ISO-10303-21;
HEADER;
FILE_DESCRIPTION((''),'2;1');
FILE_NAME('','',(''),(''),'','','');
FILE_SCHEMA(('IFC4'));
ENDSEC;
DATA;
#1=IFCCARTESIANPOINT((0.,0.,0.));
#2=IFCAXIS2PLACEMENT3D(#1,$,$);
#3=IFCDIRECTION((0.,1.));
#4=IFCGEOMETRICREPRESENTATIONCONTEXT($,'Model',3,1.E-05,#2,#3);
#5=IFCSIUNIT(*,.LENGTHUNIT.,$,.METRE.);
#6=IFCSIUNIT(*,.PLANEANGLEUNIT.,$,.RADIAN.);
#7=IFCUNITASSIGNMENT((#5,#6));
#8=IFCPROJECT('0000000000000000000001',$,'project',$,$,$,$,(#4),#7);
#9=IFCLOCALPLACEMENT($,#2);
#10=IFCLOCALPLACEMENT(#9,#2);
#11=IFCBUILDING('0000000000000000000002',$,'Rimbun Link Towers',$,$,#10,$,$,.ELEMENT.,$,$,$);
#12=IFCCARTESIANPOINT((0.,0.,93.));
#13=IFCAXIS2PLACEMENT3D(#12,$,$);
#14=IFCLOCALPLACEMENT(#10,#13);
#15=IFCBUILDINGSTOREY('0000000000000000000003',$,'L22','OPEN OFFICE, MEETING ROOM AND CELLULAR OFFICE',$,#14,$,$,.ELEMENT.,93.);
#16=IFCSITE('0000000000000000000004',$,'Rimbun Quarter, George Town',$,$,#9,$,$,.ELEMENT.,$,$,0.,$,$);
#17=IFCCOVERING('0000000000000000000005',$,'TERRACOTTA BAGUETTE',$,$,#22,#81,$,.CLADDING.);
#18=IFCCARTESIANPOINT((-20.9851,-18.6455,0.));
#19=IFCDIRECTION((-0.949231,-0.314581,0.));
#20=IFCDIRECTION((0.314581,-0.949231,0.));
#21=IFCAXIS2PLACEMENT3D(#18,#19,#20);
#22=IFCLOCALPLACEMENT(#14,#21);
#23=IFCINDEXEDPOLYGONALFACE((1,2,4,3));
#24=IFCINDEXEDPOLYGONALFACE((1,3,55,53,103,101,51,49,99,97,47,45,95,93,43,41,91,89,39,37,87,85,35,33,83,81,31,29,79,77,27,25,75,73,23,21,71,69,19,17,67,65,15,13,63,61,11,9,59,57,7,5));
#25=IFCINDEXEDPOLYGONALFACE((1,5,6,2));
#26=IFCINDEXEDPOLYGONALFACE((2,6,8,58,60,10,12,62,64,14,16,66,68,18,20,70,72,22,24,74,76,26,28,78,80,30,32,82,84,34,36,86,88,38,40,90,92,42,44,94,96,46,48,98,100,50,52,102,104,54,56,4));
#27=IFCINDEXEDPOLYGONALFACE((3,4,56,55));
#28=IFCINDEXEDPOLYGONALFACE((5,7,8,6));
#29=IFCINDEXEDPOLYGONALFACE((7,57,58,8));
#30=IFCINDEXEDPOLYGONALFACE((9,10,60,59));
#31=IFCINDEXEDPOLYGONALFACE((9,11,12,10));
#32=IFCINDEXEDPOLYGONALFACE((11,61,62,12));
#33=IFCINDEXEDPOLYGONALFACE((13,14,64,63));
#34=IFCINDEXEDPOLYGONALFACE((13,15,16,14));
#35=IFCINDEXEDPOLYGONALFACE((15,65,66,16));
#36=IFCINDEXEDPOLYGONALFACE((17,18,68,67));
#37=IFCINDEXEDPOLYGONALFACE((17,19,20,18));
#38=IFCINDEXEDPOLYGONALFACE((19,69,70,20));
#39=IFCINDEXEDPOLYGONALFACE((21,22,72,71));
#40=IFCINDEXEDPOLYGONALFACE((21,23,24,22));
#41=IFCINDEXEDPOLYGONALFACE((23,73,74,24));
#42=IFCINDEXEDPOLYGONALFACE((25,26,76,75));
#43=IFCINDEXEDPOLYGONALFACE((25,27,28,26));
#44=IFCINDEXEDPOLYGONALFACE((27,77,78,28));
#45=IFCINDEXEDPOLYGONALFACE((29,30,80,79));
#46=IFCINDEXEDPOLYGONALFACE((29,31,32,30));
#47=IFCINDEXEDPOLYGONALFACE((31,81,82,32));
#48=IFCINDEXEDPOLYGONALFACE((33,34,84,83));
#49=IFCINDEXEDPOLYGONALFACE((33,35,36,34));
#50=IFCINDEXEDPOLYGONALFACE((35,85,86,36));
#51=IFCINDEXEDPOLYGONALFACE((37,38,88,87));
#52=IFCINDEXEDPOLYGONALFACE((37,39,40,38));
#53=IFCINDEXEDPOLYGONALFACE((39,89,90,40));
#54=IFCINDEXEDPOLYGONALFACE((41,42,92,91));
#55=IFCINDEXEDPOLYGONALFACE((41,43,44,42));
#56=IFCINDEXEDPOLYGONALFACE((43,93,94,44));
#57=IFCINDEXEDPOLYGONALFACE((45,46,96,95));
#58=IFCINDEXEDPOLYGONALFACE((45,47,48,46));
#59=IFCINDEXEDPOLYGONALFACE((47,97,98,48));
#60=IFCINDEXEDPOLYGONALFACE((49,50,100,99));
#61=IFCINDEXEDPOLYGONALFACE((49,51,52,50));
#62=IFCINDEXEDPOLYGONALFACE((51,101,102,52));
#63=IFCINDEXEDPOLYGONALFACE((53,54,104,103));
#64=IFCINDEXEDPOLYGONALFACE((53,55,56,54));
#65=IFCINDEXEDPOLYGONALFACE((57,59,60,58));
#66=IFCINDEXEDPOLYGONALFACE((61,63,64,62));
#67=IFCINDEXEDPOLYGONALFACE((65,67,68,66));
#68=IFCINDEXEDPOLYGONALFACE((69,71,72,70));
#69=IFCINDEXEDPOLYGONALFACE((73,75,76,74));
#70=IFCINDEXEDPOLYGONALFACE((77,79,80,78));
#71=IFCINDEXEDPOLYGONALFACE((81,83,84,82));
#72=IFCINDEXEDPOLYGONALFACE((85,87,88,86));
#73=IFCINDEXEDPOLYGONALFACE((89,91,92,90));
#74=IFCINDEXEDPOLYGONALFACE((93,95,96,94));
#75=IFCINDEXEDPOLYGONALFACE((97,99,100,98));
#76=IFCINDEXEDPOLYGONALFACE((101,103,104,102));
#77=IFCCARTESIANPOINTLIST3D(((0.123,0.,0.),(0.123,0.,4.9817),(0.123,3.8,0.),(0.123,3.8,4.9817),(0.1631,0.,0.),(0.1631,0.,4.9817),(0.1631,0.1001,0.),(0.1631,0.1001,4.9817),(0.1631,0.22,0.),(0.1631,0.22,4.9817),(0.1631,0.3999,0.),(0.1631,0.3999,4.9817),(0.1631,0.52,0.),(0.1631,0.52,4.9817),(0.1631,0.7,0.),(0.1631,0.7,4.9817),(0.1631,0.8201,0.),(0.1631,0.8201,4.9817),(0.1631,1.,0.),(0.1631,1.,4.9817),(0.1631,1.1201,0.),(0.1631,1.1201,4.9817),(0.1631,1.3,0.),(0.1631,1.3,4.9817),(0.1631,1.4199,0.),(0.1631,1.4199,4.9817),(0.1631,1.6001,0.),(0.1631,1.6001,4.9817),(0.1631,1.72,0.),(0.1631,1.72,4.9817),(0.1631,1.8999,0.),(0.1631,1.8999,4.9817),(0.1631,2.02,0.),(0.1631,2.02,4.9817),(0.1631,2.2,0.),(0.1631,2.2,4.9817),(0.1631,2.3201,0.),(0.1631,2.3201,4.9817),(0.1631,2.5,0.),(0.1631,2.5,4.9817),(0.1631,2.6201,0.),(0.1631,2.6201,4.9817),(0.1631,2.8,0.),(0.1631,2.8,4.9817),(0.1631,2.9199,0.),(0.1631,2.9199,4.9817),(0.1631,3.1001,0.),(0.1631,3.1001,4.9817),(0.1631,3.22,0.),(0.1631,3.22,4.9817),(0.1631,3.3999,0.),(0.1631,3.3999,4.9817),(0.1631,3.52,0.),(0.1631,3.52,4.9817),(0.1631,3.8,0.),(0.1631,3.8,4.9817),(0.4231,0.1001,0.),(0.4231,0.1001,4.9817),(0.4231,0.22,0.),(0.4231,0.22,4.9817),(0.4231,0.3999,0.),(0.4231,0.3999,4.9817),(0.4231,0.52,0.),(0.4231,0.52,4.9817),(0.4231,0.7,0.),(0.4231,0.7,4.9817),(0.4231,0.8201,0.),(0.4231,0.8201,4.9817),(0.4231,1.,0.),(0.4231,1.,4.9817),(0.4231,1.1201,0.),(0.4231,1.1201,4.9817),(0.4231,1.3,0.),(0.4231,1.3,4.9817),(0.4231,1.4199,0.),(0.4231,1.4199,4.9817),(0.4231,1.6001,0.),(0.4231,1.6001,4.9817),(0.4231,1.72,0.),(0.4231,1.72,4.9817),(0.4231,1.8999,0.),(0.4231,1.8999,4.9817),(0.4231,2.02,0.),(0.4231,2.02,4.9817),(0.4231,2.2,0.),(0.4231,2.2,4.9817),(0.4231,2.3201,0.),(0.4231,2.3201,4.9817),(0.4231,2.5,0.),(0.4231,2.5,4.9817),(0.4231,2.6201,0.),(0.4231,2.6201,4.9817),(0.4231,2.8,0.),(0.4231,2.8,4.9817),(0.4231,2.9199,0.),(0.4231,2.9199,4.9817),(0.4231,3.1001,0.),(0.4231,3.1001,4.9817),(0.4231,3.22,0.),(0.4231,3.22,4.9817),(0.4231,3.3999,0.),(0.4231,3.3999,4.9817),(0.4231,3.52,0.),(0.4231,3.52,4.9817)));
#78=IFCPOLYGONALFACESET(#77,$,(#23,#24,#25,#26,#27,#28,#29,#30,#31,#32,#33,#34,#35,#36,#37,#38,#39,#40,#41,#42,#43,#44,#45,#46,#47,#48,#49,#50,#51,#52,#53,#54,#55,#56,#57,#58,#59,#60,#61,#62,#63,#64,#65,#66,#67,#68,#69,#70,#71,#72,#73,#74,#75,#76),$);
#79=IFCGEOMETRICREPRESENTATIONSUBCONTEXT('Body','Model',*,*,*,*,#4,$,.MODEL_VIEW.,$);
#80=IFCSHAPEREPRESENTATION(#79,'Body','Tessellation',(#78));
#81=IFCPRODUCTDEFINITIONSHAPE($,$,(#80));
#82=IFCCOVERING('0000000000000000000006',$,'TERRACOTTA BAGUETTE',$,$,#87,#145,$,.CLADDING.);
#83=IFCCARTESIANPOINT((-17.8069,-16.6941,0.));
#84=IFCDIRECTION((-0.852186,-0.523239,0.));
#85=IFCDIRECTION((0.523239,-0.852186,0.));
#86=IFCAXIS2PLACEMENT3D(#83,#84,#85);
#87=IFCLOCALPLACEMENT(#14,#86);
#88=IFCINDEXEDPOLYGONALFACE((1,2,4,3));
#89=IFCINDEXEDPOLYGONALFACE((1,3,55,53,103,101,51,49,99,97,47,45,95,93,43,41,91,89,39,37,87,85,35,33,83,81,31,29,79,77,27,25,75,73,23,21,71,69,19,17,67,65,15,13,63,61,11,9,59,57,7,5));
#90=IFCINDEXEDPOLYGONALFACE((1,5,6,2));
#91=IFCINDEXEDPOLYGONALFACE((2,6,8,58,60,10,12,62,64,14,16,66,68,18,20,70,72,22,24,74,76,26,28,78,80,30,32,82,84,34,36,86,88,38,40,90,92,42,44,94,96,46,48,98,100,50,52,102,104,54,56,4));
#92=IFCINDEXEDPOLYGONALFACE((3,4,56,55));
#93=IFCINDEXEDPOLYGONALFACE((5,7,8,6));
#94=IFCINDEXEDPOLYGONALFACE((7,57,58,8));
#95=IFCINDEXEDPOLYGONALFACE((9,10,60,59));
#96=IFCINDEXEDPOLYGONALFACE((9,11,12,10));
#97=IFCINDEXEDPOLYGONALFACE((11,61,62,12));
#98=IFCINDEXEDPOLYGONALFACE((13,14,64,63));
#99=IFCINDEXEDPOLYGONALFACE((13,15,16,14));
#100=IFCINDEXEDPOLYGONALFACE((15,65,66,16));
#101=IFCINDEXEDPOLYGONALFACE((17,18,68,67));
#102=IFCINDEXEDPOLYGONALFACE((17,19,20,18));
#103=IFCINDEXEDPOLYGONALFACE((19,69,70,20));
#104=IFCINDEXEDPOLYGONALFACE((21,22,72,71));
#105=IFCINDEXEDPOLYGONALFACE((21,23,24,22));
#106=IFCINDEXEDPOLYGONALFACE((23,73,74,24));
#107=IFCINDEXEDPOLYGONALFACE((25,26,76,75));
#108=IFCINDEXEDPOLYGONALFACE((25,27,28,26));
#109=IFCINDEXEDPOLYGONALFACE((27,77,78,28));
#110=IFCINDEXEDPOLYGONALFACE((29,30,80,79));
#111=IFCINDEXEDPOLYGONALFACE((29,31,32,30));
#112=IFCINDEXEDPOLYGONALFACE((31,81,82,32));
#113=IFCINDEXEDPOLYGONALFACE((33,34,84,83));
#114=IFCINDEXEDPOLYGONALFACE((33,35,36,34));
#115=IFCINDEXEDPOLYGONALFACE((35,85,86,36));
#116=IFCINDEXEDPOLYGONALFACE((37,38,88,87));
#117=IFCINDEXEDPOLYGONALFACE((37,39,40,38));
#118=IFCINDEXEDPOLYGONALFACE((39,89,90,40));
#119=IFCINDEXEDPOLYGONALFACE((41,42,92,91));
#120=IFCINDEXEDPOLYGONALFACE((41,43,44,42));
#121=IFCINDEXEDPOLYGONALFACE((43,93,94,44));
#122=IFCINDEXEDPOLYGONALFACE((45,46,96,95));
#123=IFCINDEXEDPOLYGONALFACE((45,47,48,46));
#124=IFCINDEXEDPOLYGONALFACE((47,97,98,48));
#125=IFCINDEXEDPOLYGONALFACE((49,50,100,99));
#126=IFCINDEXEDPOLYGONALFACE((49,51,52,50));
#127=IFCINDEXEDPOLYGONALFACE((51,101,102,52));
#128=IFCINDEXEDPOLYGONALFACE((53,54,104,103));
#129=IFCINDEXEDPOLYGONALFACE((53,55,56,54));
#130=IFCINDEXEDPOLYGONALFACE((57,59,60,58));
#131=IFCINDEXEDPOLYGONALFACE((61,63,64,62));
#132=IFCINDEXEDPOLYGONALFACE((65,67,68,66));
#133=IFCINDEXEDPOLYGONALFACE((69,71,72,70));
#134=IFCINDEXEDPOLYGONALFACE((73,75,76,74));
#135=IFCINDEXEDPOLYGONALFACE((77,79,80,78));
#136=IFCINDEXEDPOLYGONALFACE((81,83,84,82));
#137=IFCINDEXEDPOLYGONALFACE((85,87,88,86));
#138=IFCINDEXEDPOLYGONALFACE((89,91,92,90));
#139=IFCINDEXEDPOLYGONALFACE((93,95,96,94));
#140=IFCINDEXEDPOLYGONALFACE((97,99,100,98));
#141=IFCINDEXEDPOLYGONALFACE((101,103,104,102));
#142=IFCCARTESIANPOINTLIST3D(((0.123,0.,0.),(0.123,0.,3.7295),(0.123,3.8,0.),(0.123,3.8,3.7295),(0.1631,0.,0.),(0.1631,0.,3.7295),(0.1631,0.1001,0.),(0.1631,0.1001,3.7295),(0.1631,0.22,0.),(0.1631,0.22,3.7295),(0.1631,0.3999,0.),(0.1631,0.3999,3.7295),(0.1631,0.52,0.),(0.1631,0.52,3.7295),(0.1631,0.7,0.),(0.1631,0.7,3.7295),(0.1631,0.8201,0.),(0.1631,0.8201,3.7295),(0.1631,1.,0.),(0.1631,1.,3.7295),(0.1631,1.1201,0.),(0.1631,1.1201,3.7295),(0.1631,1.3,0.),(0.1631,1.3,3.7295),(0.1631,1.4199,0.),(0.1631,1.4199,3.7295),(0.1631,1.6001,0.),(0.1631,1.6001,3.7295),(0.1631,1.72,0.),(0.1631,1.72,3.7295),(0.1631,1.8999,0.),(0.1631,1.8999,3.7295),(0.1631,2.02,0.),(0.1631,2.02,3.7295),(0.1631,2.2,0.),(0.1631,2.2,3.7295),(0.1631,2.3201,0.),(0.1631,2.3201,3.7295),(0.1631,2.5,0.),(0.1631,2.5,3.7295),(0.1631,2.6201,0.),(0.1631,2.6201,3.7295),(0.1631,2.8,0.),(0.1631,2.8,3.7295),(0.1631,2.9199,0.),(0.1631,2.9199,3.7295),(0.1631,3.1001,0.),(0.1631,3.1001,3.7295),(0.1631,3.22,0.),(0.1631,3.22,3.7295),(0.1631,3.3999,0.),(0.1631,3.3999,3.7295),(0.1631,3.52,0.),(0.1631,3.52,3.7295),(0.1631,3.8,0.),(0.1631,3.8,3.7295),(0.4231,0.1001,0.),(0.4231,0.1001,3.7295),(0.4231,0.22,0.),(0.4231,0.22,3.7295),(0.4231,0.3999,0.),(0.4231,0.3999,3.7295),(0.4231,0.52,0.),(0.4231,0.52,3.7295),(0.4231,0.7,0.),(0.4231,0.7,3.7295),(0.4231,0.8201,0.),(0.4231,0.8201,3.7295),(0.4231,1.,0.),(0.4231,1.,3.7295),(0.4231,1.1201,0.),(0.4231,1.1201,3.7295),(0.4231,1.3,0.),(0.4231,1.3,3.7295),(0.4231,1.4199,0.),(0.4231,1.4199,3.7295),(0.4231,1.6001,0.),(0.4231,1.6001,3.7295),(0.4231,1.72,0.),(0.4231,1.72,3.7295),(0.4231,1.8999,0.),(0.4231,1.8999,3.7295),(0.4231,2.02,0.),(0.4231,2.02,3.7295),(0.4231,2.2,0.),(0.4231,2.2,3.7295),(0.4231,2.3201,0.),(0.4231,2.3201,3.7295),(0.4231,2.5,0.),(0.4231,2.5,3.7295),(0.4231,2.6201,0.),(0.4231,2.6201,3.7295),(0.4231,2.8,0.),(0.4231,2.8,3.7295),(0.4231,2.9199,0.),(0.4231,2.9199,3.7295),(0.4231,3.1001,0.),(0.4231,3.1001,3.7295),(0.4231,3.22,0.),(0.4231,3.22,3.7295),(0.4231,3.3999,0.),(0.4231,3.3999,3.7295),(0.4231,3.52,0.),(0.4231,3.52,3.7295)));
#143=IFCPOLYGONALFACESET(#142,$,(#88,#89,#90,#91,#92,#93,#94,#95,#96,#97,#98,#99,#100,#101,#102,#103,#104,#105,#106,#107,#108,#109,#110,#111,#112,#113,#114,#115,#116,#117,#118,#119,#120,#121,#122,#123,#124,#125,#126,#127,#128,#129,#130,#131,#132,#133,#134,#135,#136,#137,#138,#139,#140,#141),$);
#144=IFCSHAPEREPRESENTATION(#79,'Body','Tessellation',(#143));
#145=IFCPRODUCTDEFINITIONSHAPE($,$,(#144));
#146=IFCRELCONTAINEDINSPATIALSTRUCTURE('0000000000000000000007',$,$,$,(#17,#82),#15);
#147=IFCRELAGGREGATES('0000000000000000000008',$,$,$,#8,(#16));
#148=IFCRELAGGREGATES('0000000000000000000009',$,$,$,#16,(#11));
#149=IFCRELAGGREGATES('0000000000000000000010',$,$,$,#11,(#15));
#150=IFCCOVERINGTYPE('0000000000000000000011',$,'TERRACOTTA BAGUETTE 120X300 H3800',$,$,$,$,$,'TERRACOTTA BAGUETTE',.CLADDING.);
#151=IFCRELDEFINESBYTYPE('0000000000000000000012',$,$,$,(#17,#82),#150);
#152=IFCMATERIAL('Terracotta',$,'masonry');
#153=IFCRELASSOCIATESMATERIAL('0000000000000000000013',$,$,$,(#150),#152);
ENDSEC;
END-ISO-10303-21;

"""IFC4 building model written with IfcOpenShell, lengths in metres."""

from ifc_helpers import new_model, si_unit, direction, frame, origin, place, context, subcontext, project, spatial, polyline, outline, extrude, material, material_profile, profile_set, type_object, element, save


model = new_model("IFC4")

# Units and contexts
model_context = context("Model", 3, precision=1e-05, world=origin(), true_north=direction((0.0, 1.0)))
body_context = subcontext(model_context, "Body", "Model", "MODEL_VIEW")
ifc_project = project(units=[si_unit("LENGTHUNIT", "METRE"), si_unit("PLANEANGLEUNIT", "RADIAN")], contexts=[model_context])

# Site, building, storey
site_placement = place(None, origin())
site = spatial("IfcSite", under=ifc_project, at=site_placement, Name="Rimbun Quarter, George Town", CompositionType="ELEMENT", RefElevation=0.0)
building_placement = place(site_placement, origin())
building = spatial("IfcBuilding", under=site, at=building_placement, Name="Rimbun Link Towers", CompositionType="ELEMENT")
storey_placement = place(building_placement, frame((0.0, 0.0, 93.0)))
storey = spatial("IfcBuildingStorey", under=building, at=storey_placement, Name="L22", Description="OPEN OFFICE, MEETING ROOM AND CELLULAR OFFICE", CompositionType="ELEMENT", Elevation=93.0)

# Coverings
ifc_material_1 = material(Name="Terracotta", Category="masonry")
ifc_material_profile_1 = material_profile(ifc_material_1, outline(polyline([(0.123, 0.0), (0.1631, 0.0), (0.1631, 0.1001), (0.4231, 0.1001), (0.4231, 0.22), (0.1631, 0.22), (0.1631, 0.3999), (0.4231, 0.3999), (0.4231, 0.52), (0.1631, 0.52), (0.1631, 0.7), (0.4231, 0.7), (0.4231, 0.8201), (0.1631, 0.8201), (0.1631, 1.0), (0.4231, 1.0), (0.4231, 1.1201), (0.1631, 1.1201), (0.1631, 1.3), (0.4231, 1.3), (0.4231, 1.4199), (0.1631, 1.4199), (0.1631, 1.6001), (0.4231, 1.6001), (0.4231, 1.72), (0.1631, 1.72), (0.1631, 1.8999), (0.4231, 1.8999), (0.4231, 2.02), (0.1631, 2.02), (0.1631, 2.2), (0.4231, 2.2), (0.4231, 2.3201), (0.1631, 2.3201), (0.1631, 2.5), (0.4231, 2.5), (0.4231, 2.6201), (0.1631, 2.6201), (0.1631, 2.8), (0.4231, 2.8), (0.4231, 2.9199), (0.1631, 2.9199), (0.1631, 3.1001), (0.4231, 3.1001), (0.4231, 3.22), (0.1631, 3.22), (0.1631, 3.3999), (0.4231, 3.3999), (0.4231, 3.52), (0.1631, 3.52), (0.1631, 3.8), (0.123, 3.8), (0.123, 0.0)])), Name="BAGUETTE 120X300")
ifc_profile_set_1 = profile_set([ifc_material_profile_1], Name="Terracotta")
covering_type = type_object("IfcCoveringType", Name="TERRACOTTA BAGUETTE 120X300 H3800", ElementType="TERRACOTTA BAGUETTE", PredefinedType="CLADDING", material=ifc_profile_set_1)
covering_1_placement = place(storey_placement, frame((-20.9851, -18.6455, 0.0), z_axis=(-0.949231, -0.314581, 0.0), x_axis=(0.314581, -0.949231, 0.0)))
element("IfcCovering", 1, at=covering_1_placement, inside=storey, type_object=covering_type, Name="TERRACOTTA BAGUETTE", PredefinedType="CLADDING", context=body_context, shape_type="SweptSolid", body=[
    extrude(outline(polyline([(0.123, 0.0), (0.1631, 0.0), (0.1631, 0.1001), (0.4231, 0.1001), (0.4231, 0.22), (0.1631, 0.22), (0.1631, 0.3999), (0.4231, 0.3999), (0.4231, 0.52), (0.1631, 0.52), (0.1631, 0.7), (0.4231, 0.7), (0.4231, 0.8201), (0.1631, 0.8201), (0.1631, 1.0), (0.4231, 1.0), (0.4231, 1.1201), (0.1631, 1.1201), (0.1631, 1.3), (0.4231, 1.3), (0.4231, 1.4199), (0.1631, 1.4199), (0.1631, 1.6001), (0.4231, 1.6001), (0.4231, 1.72), (0.1631, 1.72), (0.1631, 1.8999), (0.4231, 1.8999), (0.4231, 2.02), (0.1631, 2.02), (0.1631, 2.2), (0.4231, 2.2), (0.4231, 2.3201), (0.1631, 2.3201), (0.1631, 2.5), (0.4231, 2.5), (0.4231, 2.6201), (0.1631, 2.6201), (0.1631, 2.8), (0.4231, 2.8), (0.4231, 2.9199), (0.1631, 2.9199), (0.1631, 3.1001), (0.4231, 3.1001), (0.4231, 3.22), (0.1631, 3.22), (0.1631, 3.3999), (0.4231, 3.3999), (0.4231, 3.52), (0.1631, 3.52), (0.1631, 3.8), (0.123, 3.8), (0.123, 0.0)])), origin(), (0.0, 0.0, 1.0), 4.9817),
])
covering_2_placement = place(storey_placement, frame((-17.8069, -16.6941, 0.0), z_axis=(-0.852186, -0.523239, 0.0), x_axis=(0.523239, -0.852186, 0.0)))
element("IfcCovering", 2, at=covering_2_placement, inside=storey, type_object=covering_type, Name="TERRACOTTA BAGUETTE", PredefinedType="CLADDING", context=body_context, shape_type="SweptSolid", body=[
    extrude(outline(polyline([(0.123, 0.0), (0.1631, 0.0), (0.1631, 0.1001), (0.4231, 0.1001), (0.4231, 0.22), (0.1631, 0.22), (0.1631, 0.3999), (0.4231, 0.3999), (0.4231, 0.52), (0.1631, 0.52), (0.1631, 0.7), (0.4231, 0.7), (0.4231, 0.8201), (0.1631, 0.8201), (0.1631, 1.0), (0.4231, 1.0), (0.4231, 1.1201), (0.1631, 1.1201), (0.1631, 1.3), (0.4231, 1.3), (0.4231, 1.4199), (0.1631, 1.4199), (0.1631, 1.6001), (0.4231, 1.6001), (0.4231, 1.72), (0.1631, 1.72), (0.1631, 1.8999), (0.4231, 1.8999), (0.4231, 2.02), (0.1631, 2.02), (0.1631, 2.2), (0.4231, 2.2), (0.4231, 2.3201), (0.1631, 2.3201), (0.1631, 2.5), (0.4231, 2.5), (0.4231, 2.6201), (0.1631, 2.6201), (0.1631, 2.8), (0.4231, 2.8), (0.4231, 2.9199), (0.1631, 2.9199), (0.1631, 3.1001), (0.4231, 3.1001), (0.4231, 3.22), (0.1631, 3.22), (0.1631, 3.3999), (0.4231, 3.3999), (0.4231, 3.52), (0.1631, 3.52), (0.1631, 3.8), (0.123, 3.8), (0.123, 0.0)])), origin(), (0.0, 0.0, 1.0), 3.7295),
])

save(model, "model.ifc")
